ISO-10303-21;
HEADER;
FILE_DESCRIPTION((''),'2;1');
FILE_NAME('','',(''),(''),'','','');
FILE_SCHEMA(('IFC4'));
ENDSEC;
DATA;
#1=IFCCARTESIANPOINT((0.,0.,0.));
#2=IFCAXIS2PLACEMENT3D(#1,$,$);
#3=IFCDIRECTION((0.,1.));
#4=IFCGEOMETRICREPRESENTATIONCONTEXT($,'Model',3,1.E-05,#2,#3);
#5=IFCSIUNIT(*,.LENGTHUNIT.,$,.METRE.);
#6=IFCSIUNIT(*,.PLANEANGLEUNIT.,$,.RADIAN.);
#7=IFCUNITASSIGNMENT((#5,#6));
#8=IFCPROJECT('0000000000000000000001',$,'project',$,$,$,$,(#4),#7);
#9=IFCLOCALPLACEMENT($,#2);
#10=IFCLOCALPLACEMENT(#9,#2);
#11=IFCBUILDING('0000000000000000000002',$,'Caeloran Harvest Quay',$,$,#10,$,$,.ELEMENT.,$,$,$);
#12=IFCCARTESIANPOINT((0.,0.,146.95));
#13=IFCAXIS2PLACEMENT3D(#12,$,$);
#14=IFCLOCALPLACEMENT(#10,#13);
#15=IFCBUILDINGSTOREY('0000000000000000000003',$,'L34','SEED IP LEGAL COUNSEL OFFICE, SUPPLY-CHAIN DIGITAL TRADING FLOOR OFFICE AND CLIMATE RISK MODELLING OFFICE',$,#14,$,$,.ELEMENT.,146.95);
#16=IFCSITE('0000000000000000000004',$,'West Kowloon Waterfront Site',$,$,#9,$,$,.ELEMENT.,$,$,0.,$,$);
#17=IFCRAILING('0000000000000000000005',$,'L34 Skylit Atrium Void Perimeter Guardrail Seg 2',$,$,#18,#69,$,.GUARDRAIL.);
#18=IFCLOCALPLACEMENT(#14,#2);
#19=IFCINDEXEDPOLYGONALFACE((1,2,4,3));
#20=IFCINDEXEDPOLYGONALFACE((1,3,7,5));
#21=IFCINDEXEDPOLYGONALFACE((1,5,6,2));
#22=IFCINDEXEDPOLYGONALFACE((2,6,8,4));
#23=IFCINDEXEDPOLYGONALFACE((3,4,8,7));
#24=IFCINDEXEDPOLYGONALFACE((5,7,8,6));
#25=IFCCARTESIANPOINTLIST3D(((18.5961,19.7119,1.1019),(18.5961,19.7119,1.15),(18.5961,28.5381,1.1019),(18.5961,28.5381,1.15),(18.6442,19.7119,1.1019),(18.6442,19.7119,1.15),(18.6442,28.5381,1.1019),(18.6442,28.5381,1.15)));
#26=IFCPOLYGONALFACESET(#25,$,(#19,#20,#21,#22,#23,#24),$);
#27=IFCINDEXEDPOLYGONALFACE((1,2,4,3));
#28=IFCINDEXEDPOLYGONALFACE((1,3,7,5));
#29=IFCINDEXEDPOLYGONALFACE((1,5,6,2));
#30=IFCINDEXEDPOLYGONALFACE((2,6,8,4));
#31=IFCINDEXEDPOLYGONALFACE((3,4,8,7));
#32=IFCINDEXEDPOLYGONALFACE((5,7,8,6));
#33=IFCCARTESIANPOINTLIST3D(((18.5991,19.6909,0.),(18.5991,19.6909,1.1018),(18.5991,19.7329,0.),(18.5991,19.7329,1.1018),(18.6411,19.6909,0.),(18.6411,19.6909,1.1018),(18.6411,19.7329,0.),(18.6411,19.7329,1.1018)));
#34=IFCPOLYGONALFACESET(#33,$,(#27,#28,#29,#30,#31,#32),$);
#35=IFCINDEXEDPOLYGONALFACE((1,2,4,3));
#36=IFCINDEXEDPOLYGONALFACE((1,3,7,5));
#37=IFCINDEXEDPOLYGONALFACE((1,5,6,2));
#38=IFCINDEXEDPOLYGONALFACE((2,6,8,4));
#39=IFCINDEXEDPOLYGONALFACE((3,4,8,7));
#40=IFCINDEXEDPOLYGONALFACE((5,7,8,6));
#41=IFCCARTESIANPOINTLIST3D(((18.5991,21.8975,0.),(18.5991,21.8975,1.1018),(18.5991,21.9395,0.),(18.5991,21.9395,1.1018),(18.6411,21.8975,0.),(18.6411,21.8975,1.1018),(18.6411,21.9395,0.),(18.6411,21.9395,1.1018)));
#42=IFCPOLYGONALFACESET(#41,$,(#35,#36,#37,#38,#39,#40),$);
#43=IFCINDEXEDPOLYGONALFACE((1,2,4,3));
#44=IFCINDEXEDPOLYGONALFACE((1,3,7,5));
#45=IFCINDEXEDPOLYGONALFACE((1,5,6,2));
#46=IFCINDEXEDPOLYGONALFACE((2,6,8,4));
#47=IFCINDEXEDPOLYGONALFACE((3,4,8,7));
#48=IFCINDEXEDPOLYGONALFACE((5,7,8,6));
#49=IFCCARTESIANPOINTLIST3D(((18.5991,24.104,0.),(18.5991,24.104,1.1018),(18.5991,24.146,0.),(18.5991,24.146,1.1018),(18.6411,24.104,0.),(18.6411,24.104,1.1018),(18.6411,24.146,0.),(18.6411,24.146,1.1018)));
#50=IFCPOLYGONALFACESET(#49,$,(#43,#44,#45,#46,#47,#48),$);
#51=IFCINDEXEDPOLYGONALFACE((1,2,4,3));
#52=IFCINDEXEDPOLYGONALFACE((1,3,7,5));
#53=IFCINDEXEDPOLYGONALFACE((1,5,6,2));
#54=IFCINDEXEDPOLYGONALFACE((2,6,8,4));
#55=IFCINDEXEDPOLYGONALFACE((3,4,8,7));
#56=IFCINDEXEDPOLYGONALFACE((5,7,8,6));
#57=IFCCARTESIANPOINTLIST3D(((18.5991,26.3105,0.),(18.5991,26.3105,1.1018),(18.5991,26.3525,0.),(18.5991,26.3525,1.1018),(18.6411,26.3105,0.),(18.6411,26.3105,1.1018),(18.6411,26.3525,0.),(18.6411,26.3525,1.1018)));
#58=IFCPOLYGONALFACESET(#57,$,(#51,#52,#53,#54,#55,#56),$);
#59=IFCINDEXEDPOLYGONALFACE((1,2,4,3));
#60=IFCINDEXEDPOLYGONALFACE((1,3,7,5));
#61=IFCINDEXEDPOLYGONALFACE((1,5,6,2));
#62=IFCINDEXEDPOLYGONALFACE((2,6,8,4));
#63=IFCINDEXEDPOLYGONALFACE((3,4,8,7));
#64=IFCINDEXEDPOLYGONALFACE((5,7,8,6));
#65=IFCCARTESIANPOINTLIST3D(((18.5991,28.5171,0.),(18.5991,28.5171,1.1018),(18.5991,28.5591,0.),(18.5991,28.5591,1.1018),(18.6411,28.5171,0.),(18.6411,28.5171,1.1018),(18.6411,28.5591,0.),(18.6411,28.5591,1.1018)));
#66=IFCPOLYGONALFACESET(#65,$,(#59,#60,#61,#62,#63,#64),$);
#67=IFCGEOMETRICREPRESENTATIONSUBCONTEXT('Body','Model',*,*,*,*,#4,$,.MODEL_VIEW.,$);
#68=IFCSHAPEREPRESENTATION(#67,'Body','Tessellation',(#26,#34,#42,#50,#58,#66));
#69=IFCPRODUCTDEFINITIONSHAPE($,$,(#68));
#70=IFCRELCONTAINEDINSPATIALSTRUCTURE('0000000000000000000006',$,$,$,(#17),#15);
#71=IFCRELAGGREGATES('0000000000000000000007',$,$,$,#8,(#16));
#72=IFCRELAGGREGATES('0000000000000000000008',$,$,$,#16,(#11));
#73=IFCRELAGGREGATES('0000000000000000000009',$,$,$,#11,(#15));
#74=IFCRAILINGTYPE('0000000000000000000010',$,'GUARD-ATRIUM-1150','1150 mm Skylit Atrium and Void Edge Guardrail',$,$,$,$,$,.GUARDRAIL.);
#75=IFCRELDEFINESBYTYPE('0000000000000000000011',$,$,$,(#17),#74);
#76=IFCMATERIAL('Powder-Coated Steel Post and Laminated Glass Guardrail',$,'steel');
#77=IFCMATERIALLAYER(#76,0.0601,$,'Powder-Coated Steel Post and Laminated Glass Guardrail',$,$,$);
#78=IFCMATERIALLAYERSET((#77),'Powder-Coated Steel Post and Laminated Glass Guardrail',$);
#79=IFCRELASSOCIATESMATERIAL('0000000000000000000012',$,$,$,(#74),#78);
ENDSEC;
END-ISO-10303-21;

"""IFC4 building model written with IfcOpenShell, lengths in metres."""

from ifc_helpers import new_model, si_unit, direction, frame, origin, origin_2d, place, context, subcontext, project, spatial, rectangle, extrude, material, layer, layer_set, type_object, element, save


model = new_model("IFC4")

# Units and contexts
model_context = context("Model", 3, precision=1e-05, world=origin(), true_north=direction((0.0, 1.0)))
body_context = subcontext(model_context, "Body", "Model", "MODEL_VIEW")
ifc_project = project(units=[si_unit("LENGTHUNIT", "METRE"), si_unit("PLANEANGLEUNIT", "RADIAN")], contexts=[model_context])

# Site, building, storey
site_placement = place(None, origin())
site = spatial("IfcSite", under=ifc_project, at=site_placement, Name="West Kowloon Waterfront Site", CompositionType="ELEMENT", RefElevation=0.0)
building_placement = place(site_placement, origin())
building = spatial("IfcBuilding", under=site, at=building_placement, Name="Caeloran Harvest Quay", CompositionType="ELEMENT")
storey_placement = place(building_placement, frame((0.0, 0.0, 146.95)))
storey = spatial("IfcBuildingStorey", under=building, at=storey_placement, Name="L34", Description="SEED IP LEGAL COUNSEL OFFICE, SUPPLY-CHAIN DIGITAL TRADING FLOOR OFFICE AND CLIMATE RISK MODELLING OFFICE", CompositionType="ELEMENT", Elevation=146.95)

# Railing
ifc_material_1 = material(Name="Powder-Coated Steel Post and Laminated Glass Guardrail", Category="steel")
ifc_layer_1 = layer(ifc_material_1, 0.0601, Name="Powder-Coated Steel Post and Laminated Glass Guardrail")
ifc_layer_set_1 = layer_set([ifc_layer_1], Name="Powder-Coated Steel Post and Laminated Glass Guardrail")
railing_type = type_object("IfcRailingType", Name="GUARD-ATRIUM-1150", Description="1150 mm Skylit Atrium and Void Edge Guardrail", PredefinedType="GUARDRAIL", material=ifc_layer_set_1)
railing_1_placement = place(storey_placement, frame((18.6201, 19.7119, 0.0)))
element("IfcRailing", 1, at=railing_1_placement, inside=storey, type_object=railing_type, Name="L34 Skylit Atrium Void Perimeter Guardrail Seg 2", PredefinedType="GUARDRAIL", context=body_context, shape_type="SweptSolid", body=[
    extrude(rectangle(XDim=0.0481, YDim=0.0481, at=origin_2d()), frame((0.0, 0.0, 1.126), z_axis=(0.0, 1.0, 0.0), x_axis=(-1.0, 0.0, 0.0)), (0.0, 0.0, 1.0), 8.8262),
    extrude(rectangle(XDim=0.042, YDim=0.042, at=origin_2d()), origin(), (0.0, 0.0, 1.0), 1.1018),
    extrude(rectangle(XDim=0.042, YDim=0.042, at=origin_2d()), frame((0.0, 2.2065, 0.0)), (0.0, 0.0, 1.0), 1.1018),
    extrude(rectangle(XDim=0.042, YDim=0.042, at=origin_2d()), frame((0.0, 4.4131, 0.0)), (0.0, 0.0, 1.0), 1.1018),
    extrude(rectangle(XDim=0.042, YDim=0.042, at=origin_2d()), frame((0.0, 6.6196, 0.0)), (0.0, 0.0, 1.0), 1.1018),
    extrude(rectangle(XDim=0.042, YDim=0.042, at=origin_2d()), frame((0.0, 8.8262, 0.0)), (0.0, 0.0, 1.0), 1.1018),
])

save(model, "model.ifc")
